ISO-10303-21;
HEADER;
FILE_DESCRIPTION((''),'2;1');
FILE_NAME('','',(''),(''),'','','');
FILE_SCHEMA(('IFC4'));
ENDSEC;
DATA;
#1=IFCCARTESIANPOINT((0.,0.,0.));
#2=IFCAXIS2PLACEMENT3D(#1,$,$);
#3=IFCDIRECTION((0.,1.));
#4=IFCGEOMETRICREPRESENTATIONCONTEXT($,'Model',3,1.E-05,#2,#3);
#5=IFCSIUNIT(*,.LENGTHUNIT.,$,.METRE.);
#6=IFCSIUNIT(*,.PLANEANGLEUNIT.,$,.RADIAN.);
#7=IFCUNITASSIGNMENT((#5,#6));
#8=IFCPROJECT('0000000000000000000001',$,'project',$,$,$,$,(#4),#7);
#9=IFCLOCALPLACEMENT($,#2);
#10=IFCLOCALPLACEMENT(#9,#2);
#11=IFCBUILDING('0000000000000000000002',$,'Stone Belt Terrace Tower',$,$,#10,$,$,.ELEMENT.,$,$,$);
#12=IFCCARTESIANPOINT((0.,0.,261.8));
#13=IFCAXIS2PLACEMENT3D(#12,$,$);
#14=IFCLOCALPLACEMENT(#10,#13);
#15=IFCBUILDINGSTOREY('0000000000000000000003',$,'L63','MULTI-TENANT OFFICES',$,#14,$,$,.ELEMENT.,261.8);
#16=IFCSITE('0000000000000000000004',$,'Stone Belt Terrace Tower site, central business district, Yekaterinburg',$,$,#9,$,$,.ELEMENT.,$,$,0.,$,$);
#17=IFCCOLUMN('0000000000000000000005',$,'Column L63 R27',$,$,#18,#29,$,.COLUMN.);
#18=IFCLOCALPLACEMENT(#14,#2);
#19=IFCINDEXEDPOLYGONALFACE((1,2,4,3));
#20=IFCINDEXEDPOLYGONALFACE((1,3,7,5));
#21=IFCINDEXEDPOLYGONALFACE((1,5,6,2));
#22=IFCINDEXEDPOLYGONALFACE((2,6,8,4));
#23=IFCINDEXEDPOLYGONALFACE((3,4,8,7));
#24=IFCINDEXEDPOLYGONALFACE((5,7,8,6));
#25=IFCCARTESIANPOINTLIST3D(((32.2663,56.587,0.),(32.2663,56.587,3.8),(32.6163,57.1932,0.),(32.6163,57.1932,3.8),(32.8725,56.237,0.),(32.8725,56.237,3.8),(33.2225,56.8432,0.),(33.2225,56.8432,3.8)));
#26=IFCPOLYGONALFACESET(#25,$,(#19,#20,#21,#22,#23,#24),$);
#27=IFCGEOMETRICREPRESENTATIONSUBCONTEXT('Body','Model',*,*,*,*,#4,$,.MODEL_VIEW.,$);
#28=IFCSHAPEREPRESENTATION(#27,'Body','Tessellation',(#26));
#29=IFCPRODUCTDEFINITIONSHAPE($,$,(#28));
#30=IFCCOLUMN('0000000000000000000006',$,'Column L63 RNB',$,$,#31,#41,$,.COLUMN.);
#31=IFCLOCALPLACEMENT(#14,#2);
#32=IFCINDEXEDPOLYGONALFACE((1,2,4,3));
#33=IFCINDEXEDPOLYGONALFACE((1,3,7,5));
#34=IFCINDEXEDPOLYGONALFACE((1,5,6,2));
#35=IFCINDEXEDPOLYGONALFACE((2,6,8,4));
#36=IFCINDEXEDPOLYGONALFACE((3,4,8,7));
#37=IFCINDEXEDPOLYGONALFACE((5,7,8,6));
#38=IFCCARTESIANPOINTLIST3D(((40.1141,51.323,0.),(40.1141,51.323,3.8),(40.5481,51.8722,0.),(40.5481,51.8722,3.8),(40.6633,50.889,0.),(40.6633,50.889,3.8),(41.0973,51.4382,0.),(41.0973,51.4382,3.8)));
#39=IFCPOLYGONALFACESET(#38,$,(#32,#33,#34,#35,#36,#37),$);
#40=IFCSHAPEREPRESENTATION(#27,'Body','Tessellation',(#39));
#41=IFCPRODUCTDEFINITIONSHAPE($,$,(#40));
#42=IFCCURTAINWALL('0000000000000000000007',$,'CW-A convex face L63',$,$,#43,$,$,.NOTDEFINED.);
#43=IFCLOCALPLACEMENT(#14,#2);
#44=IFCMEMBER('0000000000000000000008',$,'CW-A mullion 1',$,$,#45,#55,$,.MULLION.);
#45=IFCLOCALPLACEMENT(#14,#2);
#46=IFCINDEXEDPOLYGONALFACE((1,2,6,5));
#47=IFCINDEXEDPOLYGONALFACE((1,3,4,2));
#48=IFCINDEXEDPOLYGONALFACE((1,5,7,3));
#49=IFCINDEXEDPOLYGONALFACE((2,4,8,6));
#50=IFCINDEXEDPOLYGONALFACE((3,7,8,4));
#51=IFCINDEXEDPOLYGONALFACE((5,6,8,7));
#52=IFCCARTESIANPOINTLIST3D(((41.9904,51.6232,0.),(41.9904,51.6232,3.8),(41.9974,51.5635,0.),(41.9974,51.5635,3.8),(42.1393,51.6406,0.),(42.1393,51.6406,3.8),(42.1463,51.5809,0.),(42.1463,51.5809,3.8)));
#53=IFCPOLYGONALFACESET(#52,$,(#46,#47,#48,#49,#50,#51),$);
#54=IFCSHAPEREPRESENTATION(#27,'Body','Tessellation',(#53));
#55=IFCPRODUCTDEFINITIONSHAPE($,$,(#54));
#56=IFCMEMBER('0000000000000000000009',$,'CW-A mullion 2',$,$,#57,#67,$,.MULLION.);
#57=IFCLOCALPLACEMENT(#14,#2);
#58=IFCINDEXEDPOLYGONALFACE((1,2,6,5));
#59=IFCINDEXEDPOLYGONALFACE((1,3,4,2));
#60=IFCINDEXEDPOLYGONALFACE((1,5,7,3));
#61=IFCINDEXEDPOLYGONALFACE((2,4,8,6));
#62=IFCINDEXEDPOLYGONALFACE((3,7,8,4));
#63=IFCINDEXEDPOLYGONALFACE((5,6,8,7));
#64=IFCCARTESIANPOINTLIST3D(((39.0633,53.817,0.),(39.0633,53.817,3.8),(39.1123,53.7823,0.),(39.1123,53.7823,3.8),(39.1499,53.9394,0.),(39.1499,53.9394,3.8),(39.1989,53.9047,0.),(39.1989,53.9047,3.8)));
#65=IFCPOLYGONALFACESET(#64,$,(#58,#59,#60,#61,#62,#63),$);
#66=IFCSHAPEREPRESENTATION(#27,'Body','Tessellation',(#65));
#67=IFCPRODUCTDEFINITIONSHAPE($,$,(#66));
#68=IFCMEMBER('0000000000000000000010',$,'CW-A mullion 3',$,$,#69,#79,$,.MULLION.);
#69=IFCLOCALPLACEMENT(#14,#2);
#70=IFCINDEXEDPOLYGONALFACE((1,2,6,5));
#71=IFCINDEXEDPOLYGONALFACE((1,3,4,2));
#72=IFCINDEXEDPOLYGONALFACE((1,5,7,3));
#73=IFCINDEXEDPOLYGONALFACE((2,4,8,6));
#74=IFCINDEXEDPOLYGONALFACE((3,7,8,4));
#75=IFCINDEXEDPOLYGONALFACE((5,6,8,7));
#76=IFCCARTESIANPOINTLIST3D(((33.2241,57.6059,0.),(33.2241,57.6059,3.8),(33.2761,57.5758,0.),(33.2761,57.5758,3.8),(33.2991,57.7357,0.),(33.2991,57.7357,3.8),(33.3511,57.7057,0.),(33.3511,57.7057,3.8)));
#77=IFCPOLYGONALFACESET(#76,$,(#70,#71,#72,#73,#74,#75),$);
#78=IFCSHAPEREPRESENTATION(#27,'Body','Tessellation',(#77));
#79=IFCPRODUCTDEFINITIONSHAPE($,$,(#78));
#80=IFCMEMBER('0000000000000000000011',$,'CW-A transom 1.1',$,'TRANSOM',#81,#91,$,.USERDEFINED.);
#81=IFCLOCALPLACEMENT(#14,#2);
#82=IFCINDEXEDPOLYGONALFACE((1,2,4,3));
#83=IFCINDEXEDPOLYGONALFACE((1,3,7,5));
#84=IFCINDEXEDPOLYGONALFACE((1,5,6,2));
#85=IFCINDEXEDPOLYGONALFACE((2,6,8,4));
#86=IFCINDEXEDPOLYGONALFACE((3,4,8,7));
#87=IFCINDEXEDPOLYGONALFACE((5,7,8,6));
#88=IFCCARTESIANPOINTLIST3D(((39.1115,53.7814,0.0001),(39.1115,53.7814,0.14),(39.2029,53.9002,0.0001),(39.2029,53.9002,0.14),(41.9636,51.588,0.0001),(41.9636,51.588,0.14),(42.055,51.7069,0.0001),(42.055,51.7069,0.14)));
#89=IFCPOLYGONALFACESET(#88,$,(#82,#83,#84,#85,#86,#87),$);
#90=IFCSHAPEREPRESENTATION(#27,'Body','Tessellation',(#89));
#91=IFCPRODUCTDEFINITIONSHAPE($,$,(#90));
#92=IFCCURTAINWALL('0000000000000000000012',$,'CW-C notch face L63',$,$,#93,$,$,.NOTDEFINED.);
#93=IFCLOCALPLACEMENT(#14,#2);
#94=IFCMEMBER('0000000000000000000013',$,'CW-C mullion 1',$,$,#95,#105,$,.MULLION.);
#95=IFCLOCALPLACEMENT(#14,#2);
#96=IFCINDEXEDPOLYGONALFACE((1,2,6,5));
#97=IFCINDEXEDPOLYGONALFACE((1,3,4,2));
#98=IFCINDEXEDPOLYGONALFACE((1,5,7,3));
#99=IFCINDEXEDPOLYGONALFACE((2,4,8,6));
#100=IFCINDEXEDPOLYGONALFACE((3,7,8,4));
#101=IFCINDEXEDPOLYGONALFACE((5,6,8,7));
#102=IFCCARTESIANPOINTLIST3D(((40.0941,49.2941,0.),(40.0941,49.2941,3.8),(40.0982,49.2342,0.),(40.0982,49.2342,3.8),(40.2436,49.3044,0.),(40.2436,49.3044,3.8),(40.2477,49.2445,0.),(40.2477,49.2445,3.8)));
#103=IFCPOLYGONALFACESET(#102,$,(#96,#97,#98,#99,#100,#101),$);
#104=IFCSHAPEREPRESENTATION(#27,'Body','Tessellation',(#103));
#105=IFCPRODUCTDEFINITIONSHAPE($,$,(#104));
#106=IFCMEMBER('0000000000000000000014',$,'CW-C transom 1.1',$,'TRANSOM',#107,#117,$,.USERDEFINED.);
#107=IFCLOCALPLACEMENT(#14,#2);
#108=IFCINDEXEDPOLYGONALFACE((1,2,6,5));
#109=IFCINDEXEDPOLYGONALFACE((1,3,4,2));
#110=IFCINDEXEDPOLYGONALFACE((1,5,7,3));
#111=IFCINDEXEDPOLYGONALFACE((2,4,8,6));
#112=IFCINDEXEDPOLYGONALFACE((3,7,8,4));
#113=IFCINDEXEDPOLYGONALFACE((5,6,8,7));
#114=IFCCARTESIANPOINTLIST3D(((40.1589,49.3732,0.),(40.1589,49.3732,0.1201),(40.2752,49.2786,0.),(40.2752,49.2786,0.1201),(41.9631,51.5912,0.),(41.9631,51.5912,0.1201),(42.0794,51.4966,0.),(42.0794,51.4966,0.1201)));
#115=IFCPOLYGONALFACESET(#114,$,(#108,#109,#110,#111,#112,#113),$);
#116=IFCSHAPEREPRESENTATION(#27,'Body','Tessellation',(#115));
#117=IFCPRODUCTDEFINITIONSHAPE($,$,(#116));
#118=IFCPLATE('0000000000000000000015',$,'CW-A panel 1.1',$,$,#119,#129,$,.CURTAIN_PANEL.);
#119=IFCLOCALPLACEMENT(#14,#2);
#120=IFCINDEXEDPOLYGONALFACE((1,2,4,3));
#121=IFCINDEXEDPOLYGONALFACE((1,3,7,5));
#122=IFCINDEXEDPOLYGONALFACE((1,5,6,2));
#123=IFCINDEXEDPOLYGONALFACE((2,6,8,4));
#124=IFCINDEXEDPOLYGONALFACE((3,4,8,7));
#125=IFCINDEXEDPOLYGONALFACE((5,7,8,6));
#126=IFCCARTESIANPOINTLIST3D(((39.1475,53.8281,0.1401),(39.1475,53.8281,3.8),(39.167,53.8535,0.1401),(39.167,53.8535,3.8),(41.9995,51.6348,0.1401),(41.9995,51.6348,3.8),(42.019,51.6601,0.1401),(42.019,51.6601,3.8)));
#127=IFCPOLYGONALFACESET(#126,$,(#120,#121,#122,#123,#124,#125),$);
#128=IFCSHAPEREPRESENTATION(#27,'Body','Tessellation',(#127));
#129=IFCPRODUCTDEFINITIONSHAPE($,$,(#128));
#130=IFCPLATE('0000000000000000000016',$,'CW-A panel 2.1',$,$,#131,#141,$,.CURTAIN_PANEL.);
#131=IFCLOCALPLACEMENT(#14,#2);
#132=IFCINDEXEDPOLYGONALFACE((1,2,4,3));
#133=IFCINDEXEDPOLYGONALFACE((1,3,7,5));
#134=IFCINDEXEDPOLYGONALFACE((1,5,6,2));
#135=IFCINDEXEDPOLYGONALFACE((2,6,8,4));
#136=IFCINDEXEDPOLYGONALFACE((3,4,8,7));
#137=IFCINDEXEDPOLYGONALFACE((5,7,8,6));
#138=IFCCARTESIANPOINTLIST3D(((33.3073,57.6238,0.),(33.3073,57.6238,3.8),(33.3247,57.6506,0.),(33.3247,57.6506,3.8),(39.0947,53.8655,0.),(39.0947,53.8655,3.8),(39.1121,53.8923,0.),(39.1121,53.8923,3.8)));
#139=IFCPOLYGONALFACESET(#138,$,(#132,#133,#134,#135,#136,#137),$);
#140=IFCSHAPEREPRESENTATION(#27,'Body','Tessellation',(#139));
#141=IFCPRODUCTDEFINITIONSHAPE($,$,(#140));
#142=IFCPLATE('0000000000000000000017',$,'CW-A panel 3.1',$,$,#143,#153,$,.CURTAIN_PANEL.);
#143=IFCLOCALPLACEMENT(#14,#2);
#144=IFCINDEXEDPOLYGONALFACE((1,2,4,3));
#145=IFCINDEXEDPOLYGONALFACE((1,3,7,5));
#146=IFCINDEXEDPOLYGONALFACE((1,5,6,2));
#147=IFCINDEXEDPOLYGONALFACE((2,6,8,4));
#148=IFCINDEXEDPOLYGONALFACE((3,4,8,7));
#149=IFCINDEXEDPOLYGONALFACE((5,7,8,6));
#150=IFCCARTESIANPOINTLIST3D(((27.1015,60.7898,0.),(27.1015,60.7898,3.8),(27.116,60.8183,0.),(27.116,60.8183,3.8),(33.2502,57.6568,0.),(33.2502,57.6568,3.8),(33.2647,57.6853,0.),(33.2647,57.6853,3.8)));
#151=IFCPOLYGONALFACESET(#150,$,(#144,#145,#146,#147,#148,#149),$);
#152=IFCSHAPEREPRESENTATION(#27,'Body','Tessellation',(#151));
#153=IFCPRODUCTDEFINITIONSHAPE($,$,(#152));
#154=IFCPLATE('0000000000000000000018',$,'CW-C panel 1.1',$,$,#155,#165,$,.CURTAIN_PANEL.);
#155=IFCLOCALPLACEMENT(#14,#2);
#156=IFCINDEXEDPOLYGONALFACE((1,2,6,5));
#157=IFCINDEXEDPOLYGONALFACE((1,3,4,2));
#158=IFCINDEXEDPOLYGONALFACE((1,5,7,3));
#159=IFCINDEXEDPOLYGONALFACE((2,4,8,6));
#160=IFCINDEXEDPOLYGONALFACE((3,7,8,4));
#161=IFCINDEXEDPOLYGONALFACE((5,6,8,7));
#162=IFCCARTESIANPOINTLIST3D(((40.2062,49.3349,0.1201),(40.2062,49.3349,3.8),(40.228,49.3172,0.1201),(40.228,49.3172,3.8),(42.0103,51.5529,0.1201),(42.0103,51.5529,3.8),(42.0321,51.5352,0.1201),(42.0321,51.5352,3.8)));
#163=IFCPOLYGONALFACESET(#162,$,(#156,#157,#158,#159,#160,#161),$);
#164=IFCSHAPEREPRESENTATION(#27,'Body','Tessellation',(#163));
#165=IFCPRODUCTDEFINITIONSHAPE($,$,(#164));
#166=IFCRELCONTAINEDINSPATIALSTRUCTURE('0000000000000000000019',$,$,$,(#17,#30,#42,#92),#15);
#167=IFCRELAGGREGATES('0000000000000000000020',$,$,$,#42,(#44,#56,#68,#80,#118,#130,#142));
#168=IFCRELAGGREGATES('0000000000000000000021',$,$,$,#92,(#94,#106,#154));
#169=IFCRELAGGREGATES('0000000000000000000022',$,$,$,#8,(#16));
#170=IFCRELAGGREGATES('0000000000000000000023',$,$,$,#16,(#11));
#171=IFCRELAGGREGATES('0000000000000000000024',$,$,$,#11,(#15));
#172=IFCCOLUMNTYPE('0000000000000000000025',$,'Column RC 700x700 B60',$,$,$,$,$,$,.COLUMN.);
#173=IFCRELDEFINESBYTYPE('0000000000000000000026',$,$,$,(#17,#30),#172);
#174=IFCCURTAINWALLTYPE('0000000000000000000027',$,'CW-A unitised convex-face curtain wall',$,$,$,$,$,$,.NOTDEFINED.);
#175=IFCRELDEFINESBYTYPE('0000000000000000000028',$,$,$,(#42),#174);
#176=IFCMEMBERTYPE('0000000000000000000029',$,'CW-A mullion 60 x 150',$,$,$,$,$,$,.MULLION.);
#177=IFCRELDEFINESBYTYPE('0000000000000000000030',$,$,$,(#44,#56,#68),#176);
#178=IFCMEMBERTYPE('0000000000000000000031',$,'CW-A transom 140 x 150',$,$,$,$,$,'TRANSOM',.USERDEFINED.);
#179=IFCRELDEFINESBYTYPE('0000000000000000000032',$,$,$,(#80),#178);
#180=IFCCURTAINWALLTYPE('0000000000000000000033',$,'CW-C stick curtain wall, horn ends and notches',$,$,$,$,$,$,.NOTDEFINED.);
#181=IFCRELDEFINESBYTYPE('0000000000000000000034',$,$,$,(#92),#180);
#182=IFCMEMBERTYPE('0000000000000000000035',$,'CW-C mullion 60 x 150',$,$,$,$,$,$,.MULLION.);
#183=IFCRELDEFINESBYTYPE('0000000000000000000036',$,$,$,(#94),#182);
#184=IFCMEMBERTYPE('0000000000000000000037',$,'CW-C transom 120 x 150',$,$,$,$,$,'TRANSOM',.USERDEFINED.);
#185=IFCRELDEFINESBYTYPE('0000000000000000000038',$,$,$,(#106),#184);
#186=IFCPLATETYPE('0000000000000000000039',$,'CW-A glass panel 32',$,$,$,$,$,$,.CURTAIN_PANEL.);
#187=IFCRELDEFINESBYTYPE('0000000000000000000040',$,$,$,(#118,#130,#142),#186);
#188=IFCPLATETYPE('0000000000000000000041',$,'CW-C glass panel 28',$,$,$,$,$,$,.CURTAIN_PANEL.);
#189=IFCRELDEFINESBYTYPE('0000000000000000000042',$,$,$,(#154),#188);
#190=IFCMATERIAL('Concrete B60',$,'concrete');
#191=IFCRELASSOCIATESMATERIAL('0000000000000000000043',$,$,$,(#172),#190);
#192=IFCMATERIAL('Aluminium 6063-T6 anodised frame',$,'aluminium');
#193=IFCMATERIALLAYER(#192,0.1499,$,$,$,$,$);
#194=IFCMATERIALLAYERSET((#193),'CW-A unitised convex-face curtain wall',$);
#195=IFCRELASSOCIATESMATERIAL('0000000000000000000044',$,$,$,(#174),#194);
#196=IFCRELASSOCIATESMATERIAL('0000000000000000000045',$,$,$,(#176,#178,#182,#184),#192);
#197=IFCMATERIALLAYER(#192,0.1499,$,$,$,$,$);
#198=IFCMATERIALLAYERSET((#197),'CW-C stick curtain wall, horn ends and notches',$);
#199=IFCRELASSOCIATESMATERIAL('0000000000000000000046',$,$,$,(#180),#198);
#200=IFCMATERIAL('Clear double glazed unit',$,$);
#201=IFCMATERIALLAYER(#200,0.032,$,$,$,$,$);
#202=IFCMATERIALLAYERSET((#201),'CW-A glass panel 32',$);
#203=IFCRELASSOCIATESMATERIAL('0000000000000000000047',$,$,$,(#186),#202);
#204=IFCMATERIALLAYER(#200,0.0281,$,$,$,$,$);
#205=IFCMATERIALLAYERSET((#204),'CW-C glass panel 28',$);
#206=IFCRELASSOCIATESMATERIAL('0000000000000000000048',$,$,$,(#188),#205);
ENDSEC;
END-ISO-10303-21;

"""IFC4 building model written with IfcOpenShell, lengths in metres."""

from ifc_helpers import new_model, si_unit, direction, frame, origin, origin_2d, place, context, subcontext, project, spatial, rectangle, extrude, material, layer, layer_set, material_profile, profile_set, type_object, element, aggregate, save


model = new_model("IFC4")

# Units and contexts
model_context = context("Model", 3, precision=1e-05, world=origin(), true_north=direction((0.0, 1.0)))
body_context = subcontext(model_context, "Body", "Model", "MODEL_VIEW")
ifc_project = project(units=[si_unit("LENGTHUNIT", "METRE"), si_unit("PLANEANGLEUNIT", "RADIAN")], contexts=[model_context])

# Site, building, storey
site_placement = place(None, origin())
site = spatial("IfcSite", under=ifc_project, at=site_placement, Name="Stone Belt Terrace Tower site, central business district, Yekaterinburg", CompositionType="ELEMENT", RefElevation=0.0)
building_placement = place(site_placement, origin())
building = spatial("IfcBuilding", under=site, at=building_placement, Name="Stone Belt Terrace Tower", CompositionType="ELEMENT")
storey_placement = place(building_placement, frame((0.0, 0.0, 261.8)))
storey = spatial("IfcBuildingStorey", under=building, at=storey_placement, Name="L63", Description="MULTI-TENANT OFFICES", CompositionType="ELEMENT", Elevation=261.8)

# Columns
ifc_material_1 = material(Name="Concrete B60", Category="concrete")
ifc_material_profile_1 = material_profile(ifc_material_1, rectangle(XDim=0.7, YDim=0.7, at=origin_2d()), Name="RC 700x700")
ifc_profile_set_1 = profile_set([ifc_material_profile_1], Name="Concrete B60")
column_type = type_object("IfcColumnType", Name="Column RC 700x700 B60", PredefinedType="COLUMN", material=ifc_profile_set_1)
for number, where, z_axis, x_axis, name in (
    (1, (32.7444, 56.7151, 0.0), (0.0, 0.0, 1.0), (0.866025, -0.5, 0.0), "Column L63 R27"),
    (2, (40.6057, 51.3806, 0.0), (0.0, 0.0, 1.0), (0.78457, -0.620041, 0.0), "Column L63 RNB"),
):
    element("IfcColumn", number, at=place(storey_placement, frame(where, z_axis=z_axis, x_axis=x_axis)), inside=storey, type_object=column_type, Name=name, PredefinedType="COLUMN", context=body_context, shape_type="SweptSolid", body=[
        extrude(rectangle(XDim=0.7, YDim=0.7, at=origin_2d()), origin(), (0.0, 0.0, 1.0), 3.8),
    ])

# Curtain walls, members
ifc_material_2 = material(Name="Aluminium 6063-T6 anodised frame", Category="aluminium")
ifc_layer_1 = layer(ifc_material_2, 0.1499)
ifc_layer_set_1 = layer_set([ifc_layer_1], Name="CW-A unitised convex-face curtain wall")
curtain_wall_type_1 = type_object("IfcCurtainWallType", Name="CW-A unitised convex-face curtain wall", PredefinedType="NOTDEFINED", material=ifc_layer_set_1)
curtain_wall_1_placement = place(storey_placement, origin())
curtain_wall_1 = element("IfcCurtainWall", 3, at=curtain_wall_1_placement, inside=storey, type_object=curtain_wall_type_1, Name="CW-A convex face L63", PredefinedType="NOTDEFINED")
ifc_material_profile_2 = material_profile(ifc_material_2, rectangle(XDim=0.1499, YDim=0.0601, at=origin_2d()), Name="Aluminium 6063-T6 60x150")
ifc_profile_set_2 = profile_set([ifc_material_profile_2], Name="Aluminium 6063-T6 anodised frame")
member_type_1 = type_object("IfcMemberType", Name="CW-A mullion 60 x 150", PredefinedType="MULLION", material=ifc_profile_set_2)
member_1_placement = place(storey_placement, frame((42.0684, 51.6021, 0.0), z_axis=(0.0, 0.0, 1.0), x_axis=(-0.993258, -0.115925, 0.0)))
member_1 = element("IfcMember", 4, at=member_1_placement, type_object=member_type_1, Name="CW-A mullion 1", PredefinedType="MULLION", context=body_context, shape_type="SweptSolid", body=[
    extrude(rectangle(XDim=0.1499, YDim=0.0601, at=origin_2d()), origin(), (0.0, 0.0, 1.0), 3.8),
])
member_2_placement = place(storey_placement, frame((39.1311, 53.8608, 0.0), z_axis=(0.0, 0.0, 1.0), x_axis=(-0.577587, -0.816329, 0.0)))
member_2 = element("IfcMember", 5, at=member_2_placement, type_object=member_type_1, Name="CW-A mullion 2", PredefinedType="MULLION", context=body_context, shape_type="SweptSolid", body=[
    extrude(rectangle(XDim=0.1499, YDim=0.0601, at=origin_2d()), origin(), (0.0, 0.0, 1.0), 3.8),
])
member_3_placement = place(storey_placement, frame((33.2876, 57.6558, 0.0), z_axis=(0.0, 0.0, 1.0), x_axis=(-0.5, -0.866025, 0.0)))
member_3 = element("IfcMember", 6, at=member_3_placement, type_object=member_type_1, Name="CW-A mullion 3", PredefinedType="MULLION", context=body_context, shape_type="SweptSolid", body=[
    extrude(rectangle(XDim=0.1499, YDim=0.0601, at=origin_2d()), origin(), (0.0, 0.0, 1.0), 3.8),
])
ifc_material_profile_3 = material_profile(ifc_material_2, rectangle(XDim=0.1499, YDim=0.1399, at=origin_2d()), Name="Aluminium 6063-T6 150x140")
ifc_profile_set_3 = profile_set([ifc_material_profile_3], Name="Aluminium 6063-T6 anodised frame")
member_type_2 = type_object("IfcMemberType", Name="CW-A transom 140 x 150", ElementType="TRANSOM", PredefinedType="USERDEFINED", material=ifc_profile_set_3)
member_4_placement = place(storey_placement, frame((42.0093, 51.6475, 0.0701), z_axis=(-0.792695, 0.609619, 0.0), x_axis=(-0.609619, -0.792695, 0.0)))
member_4 = element("IfcMember", 7, at=member_4_placement, type_object=member_type_2, Name="CW-A transom 1.1", ObjectType="TRANSOM", PredefinedType="USERDEFINED", context=body_context, shape_type="SweptSolid", body=[
    extrude(rectangle(XDim=0.1499, YDim=0.1399, at=origin_2d()), origin(), (0.0, 0.0, 1.0), 3.5979),
])
ifc_layer_2 = layer(ifc_material_2, 0.1499)
ifc_layer_set_2 = layer_set([ifc_layer_2], Name="CW-C stick curtain wall, horn ends and notches")
curtain_wall_type_2 = type_object("IfcCurtainWallType", Name="CW-C stick curtain wall, horn ends and notches", PredefinedType="NOTDEFINED", material=ifc_layer_set_2)
curtain_wall_2_placement = place(storey_placement, origin())
curtain_wall_2 = element("IfcCurtainWall", 8, at=curtain_wall_2_placement, inside=storey, type_object=curtain_wall_type_2, Name="CW-C notch face L63", PredefinedType="NOTDEFINED")
ifc_material_profile_4 = material_profile(ifc_material_2, rectangle(XDim=0.1499, YDim=0.0601, at=origin_2d()), Name="Aluminium 6063-T6 60x150")
ifc_profile_set_4 = profile_set([ifc_material_profile_4], Name="Aluminium 6063-T6 anodised frame")
member_type_3 = type_object("IfcMemberType", Name="CW-C mullion 60 x 150", PredefinedType="MULLION", material=ifc_profile_set_4)
member_5_placement = place(storey_placement, frame((40.1709, 49.2693, 0.0), z_axis=(0.0, 0.0, 1.0), x_axis=(-0.99764, -0.068666, 0.0)))
member_5 = element("IfcMember", 9, at=member_5_placement, type_object=member_type_3, Name="CW-C mullion 1", PredefinedType="MULLION", context=body_context, shape_type="SweptSolid", body=[
    extrude(rectangle(XDim=0.1499, YDim=0.0601, at=origin_2d()), origin(), (0.0, 0.0, 1.0), 3.8),
])
ifc_material_profile_5 = material_profile(ifc_material_2, rectangle(XDim=0.1499, YDim=0.1201, at=origin_2d()), Name="Aluminium 6063-T6 150x120")
ifc_profile_set_5 = profile_set([ifc_material_profile_5], Name="Aluminium 6063-T6 anodised frame")
member_type_4 = type_object("IfcMemberType", Name="CW-C transom 120 x 150", ElementType="TRANSOM", PredefinedType="USERDEFINED", material=ifc_profile_set_5)
member_6_placement = place(storey_placement, frame((40.217, 49.3259, 0.0601), z_axis=(0.631027, 0.775761, 0.0), x_axis=(-0.775761, 0.631027, 0.0)))
member_6 = element("IfcMember", 10, at=member_6_placement, type_object=member_type_4, Name="CW-C transom 1.1", ObjectType="TRANSOM", PredefinedType="USERDEFINED", context=body_context, shape_type="SweptSolid", body=[
    extrude(rectangle(XDim=0.1499, YDim=0.1201, at=origin_2d()), origin(), (0.0, 0.0, 1.0), 2.8591),
])

# Plates
ifc_material_3 = material(Name="Clear double glazed unit")
ifc_layer_3 = layer(ifc_material_3, 0.032)
ifc_layer_set_3 = layer_set([ifc_layer_3], Name="CW-A glass panel 32")
plate_type_1 = type_object("IfcPlateType", Name="CW-A glass panel 32", PredefinedType="CURTAIN_PANEL", material=ifc_layer_set_3)
plate_1_placement = place(storey_placement, frame((40.5833, 52.7441, 0.1401), z_axis=(0.0, 0.0, 1.0), x_axis=(-0.792694, 0.60962, 0.0)))
plate_1 = element("IfcPlate", 11, at=plate_1_placement, type_object=plate_type_1, Name="CW-A panel 1.1", PredefinedType="CURTAIN_PANEL", context=body_context, shape_type="SweptSolid", body=[
    extrude(rectangle(XDim=3.5979, YDim=0.032, at=origin_2d()), origin(), (0.0, 0.0, 1.0), 3.6599),
])
plate_2_placement = place(storey_placement, frame((36.2097, 55.7581, 0.0), z_axis=(0.0, 0.0, 1.0), x_axis=(-0.838671, 0.544639, 0.0)))
plate_2 = element("IfcPlate", 12, at=plate_2_placement, type_object=plate_type_1, Name="CW-A panel 2.1", PredefinedType="CURTAIN_PANEL", context=body_context, shape_type="SweptSolid", body=[
    extrude(rectangle(XDim=6.9006, YDim=0.032, at=origin_2d()), origin(), (0.0, 0.0, 1.0), 3.8),
])
plate_3_placement = place(storey_placement, frame((30.1831, 59.2375, 0.0), z_axis=(0.0, 0.0, 1.0), x_axis=(-0.891007, 0.45399, 0.0)))
plate_3 = element("IfcPlate", 13, at=plate_3_placement, type_object=plate_type_1, Name="CW-A panel 3.1", PredefinedType="CURTAIN_PANEL", context=body_context, shape_type="SweptSolid", body=[
    extrude(rectangle(XDim=6.9009, YDim=0.032, at=origin_2d()), origin(), (0.0, 0.0, 1.0), 3.8),
])
aggregate(curtain_wall_1, [member_1, member_2, member_3, member_4, plate_1, plate_2, plate_3])
ifc_layer_4 = layer(ifc_material_3, 0.0281)
ifc_layer_set_4 = layer_set([ifc_layer_4], Name="CW-C glass panel 28")
plate_type_2 = type_object("IfcPlateType", Name="CW-C glass panel 28", PredefinedType="CURTAIN_PANEL", material=ifc_layer_set_4)
plate_4_placement = place(storey_placement, frame((41.1191, 50.4351, 0.1201), z_axis=(0.0, 0.0, 1.0), x_axis=(0.631001, 0.775782, 0.0)))
plate_4 = element("IfcPlate", 14, at=plate_4_placement, type_object=plate_type_2, Name="CW-C panel 1.1", PredefinedType="CURTAIN_PANEL", context=body_context, shape_type="SweptSolid", body=[
    extrude(rectangle(XDim=2.8591, YDim=0.0281, at=origin_2d()), origin(), (0.0, 0.0, 1.0), 3.6799),
])
aggregate(curtain_wall_2, [member_5, member_6, plate_4])

save(model, "model.ifc")
